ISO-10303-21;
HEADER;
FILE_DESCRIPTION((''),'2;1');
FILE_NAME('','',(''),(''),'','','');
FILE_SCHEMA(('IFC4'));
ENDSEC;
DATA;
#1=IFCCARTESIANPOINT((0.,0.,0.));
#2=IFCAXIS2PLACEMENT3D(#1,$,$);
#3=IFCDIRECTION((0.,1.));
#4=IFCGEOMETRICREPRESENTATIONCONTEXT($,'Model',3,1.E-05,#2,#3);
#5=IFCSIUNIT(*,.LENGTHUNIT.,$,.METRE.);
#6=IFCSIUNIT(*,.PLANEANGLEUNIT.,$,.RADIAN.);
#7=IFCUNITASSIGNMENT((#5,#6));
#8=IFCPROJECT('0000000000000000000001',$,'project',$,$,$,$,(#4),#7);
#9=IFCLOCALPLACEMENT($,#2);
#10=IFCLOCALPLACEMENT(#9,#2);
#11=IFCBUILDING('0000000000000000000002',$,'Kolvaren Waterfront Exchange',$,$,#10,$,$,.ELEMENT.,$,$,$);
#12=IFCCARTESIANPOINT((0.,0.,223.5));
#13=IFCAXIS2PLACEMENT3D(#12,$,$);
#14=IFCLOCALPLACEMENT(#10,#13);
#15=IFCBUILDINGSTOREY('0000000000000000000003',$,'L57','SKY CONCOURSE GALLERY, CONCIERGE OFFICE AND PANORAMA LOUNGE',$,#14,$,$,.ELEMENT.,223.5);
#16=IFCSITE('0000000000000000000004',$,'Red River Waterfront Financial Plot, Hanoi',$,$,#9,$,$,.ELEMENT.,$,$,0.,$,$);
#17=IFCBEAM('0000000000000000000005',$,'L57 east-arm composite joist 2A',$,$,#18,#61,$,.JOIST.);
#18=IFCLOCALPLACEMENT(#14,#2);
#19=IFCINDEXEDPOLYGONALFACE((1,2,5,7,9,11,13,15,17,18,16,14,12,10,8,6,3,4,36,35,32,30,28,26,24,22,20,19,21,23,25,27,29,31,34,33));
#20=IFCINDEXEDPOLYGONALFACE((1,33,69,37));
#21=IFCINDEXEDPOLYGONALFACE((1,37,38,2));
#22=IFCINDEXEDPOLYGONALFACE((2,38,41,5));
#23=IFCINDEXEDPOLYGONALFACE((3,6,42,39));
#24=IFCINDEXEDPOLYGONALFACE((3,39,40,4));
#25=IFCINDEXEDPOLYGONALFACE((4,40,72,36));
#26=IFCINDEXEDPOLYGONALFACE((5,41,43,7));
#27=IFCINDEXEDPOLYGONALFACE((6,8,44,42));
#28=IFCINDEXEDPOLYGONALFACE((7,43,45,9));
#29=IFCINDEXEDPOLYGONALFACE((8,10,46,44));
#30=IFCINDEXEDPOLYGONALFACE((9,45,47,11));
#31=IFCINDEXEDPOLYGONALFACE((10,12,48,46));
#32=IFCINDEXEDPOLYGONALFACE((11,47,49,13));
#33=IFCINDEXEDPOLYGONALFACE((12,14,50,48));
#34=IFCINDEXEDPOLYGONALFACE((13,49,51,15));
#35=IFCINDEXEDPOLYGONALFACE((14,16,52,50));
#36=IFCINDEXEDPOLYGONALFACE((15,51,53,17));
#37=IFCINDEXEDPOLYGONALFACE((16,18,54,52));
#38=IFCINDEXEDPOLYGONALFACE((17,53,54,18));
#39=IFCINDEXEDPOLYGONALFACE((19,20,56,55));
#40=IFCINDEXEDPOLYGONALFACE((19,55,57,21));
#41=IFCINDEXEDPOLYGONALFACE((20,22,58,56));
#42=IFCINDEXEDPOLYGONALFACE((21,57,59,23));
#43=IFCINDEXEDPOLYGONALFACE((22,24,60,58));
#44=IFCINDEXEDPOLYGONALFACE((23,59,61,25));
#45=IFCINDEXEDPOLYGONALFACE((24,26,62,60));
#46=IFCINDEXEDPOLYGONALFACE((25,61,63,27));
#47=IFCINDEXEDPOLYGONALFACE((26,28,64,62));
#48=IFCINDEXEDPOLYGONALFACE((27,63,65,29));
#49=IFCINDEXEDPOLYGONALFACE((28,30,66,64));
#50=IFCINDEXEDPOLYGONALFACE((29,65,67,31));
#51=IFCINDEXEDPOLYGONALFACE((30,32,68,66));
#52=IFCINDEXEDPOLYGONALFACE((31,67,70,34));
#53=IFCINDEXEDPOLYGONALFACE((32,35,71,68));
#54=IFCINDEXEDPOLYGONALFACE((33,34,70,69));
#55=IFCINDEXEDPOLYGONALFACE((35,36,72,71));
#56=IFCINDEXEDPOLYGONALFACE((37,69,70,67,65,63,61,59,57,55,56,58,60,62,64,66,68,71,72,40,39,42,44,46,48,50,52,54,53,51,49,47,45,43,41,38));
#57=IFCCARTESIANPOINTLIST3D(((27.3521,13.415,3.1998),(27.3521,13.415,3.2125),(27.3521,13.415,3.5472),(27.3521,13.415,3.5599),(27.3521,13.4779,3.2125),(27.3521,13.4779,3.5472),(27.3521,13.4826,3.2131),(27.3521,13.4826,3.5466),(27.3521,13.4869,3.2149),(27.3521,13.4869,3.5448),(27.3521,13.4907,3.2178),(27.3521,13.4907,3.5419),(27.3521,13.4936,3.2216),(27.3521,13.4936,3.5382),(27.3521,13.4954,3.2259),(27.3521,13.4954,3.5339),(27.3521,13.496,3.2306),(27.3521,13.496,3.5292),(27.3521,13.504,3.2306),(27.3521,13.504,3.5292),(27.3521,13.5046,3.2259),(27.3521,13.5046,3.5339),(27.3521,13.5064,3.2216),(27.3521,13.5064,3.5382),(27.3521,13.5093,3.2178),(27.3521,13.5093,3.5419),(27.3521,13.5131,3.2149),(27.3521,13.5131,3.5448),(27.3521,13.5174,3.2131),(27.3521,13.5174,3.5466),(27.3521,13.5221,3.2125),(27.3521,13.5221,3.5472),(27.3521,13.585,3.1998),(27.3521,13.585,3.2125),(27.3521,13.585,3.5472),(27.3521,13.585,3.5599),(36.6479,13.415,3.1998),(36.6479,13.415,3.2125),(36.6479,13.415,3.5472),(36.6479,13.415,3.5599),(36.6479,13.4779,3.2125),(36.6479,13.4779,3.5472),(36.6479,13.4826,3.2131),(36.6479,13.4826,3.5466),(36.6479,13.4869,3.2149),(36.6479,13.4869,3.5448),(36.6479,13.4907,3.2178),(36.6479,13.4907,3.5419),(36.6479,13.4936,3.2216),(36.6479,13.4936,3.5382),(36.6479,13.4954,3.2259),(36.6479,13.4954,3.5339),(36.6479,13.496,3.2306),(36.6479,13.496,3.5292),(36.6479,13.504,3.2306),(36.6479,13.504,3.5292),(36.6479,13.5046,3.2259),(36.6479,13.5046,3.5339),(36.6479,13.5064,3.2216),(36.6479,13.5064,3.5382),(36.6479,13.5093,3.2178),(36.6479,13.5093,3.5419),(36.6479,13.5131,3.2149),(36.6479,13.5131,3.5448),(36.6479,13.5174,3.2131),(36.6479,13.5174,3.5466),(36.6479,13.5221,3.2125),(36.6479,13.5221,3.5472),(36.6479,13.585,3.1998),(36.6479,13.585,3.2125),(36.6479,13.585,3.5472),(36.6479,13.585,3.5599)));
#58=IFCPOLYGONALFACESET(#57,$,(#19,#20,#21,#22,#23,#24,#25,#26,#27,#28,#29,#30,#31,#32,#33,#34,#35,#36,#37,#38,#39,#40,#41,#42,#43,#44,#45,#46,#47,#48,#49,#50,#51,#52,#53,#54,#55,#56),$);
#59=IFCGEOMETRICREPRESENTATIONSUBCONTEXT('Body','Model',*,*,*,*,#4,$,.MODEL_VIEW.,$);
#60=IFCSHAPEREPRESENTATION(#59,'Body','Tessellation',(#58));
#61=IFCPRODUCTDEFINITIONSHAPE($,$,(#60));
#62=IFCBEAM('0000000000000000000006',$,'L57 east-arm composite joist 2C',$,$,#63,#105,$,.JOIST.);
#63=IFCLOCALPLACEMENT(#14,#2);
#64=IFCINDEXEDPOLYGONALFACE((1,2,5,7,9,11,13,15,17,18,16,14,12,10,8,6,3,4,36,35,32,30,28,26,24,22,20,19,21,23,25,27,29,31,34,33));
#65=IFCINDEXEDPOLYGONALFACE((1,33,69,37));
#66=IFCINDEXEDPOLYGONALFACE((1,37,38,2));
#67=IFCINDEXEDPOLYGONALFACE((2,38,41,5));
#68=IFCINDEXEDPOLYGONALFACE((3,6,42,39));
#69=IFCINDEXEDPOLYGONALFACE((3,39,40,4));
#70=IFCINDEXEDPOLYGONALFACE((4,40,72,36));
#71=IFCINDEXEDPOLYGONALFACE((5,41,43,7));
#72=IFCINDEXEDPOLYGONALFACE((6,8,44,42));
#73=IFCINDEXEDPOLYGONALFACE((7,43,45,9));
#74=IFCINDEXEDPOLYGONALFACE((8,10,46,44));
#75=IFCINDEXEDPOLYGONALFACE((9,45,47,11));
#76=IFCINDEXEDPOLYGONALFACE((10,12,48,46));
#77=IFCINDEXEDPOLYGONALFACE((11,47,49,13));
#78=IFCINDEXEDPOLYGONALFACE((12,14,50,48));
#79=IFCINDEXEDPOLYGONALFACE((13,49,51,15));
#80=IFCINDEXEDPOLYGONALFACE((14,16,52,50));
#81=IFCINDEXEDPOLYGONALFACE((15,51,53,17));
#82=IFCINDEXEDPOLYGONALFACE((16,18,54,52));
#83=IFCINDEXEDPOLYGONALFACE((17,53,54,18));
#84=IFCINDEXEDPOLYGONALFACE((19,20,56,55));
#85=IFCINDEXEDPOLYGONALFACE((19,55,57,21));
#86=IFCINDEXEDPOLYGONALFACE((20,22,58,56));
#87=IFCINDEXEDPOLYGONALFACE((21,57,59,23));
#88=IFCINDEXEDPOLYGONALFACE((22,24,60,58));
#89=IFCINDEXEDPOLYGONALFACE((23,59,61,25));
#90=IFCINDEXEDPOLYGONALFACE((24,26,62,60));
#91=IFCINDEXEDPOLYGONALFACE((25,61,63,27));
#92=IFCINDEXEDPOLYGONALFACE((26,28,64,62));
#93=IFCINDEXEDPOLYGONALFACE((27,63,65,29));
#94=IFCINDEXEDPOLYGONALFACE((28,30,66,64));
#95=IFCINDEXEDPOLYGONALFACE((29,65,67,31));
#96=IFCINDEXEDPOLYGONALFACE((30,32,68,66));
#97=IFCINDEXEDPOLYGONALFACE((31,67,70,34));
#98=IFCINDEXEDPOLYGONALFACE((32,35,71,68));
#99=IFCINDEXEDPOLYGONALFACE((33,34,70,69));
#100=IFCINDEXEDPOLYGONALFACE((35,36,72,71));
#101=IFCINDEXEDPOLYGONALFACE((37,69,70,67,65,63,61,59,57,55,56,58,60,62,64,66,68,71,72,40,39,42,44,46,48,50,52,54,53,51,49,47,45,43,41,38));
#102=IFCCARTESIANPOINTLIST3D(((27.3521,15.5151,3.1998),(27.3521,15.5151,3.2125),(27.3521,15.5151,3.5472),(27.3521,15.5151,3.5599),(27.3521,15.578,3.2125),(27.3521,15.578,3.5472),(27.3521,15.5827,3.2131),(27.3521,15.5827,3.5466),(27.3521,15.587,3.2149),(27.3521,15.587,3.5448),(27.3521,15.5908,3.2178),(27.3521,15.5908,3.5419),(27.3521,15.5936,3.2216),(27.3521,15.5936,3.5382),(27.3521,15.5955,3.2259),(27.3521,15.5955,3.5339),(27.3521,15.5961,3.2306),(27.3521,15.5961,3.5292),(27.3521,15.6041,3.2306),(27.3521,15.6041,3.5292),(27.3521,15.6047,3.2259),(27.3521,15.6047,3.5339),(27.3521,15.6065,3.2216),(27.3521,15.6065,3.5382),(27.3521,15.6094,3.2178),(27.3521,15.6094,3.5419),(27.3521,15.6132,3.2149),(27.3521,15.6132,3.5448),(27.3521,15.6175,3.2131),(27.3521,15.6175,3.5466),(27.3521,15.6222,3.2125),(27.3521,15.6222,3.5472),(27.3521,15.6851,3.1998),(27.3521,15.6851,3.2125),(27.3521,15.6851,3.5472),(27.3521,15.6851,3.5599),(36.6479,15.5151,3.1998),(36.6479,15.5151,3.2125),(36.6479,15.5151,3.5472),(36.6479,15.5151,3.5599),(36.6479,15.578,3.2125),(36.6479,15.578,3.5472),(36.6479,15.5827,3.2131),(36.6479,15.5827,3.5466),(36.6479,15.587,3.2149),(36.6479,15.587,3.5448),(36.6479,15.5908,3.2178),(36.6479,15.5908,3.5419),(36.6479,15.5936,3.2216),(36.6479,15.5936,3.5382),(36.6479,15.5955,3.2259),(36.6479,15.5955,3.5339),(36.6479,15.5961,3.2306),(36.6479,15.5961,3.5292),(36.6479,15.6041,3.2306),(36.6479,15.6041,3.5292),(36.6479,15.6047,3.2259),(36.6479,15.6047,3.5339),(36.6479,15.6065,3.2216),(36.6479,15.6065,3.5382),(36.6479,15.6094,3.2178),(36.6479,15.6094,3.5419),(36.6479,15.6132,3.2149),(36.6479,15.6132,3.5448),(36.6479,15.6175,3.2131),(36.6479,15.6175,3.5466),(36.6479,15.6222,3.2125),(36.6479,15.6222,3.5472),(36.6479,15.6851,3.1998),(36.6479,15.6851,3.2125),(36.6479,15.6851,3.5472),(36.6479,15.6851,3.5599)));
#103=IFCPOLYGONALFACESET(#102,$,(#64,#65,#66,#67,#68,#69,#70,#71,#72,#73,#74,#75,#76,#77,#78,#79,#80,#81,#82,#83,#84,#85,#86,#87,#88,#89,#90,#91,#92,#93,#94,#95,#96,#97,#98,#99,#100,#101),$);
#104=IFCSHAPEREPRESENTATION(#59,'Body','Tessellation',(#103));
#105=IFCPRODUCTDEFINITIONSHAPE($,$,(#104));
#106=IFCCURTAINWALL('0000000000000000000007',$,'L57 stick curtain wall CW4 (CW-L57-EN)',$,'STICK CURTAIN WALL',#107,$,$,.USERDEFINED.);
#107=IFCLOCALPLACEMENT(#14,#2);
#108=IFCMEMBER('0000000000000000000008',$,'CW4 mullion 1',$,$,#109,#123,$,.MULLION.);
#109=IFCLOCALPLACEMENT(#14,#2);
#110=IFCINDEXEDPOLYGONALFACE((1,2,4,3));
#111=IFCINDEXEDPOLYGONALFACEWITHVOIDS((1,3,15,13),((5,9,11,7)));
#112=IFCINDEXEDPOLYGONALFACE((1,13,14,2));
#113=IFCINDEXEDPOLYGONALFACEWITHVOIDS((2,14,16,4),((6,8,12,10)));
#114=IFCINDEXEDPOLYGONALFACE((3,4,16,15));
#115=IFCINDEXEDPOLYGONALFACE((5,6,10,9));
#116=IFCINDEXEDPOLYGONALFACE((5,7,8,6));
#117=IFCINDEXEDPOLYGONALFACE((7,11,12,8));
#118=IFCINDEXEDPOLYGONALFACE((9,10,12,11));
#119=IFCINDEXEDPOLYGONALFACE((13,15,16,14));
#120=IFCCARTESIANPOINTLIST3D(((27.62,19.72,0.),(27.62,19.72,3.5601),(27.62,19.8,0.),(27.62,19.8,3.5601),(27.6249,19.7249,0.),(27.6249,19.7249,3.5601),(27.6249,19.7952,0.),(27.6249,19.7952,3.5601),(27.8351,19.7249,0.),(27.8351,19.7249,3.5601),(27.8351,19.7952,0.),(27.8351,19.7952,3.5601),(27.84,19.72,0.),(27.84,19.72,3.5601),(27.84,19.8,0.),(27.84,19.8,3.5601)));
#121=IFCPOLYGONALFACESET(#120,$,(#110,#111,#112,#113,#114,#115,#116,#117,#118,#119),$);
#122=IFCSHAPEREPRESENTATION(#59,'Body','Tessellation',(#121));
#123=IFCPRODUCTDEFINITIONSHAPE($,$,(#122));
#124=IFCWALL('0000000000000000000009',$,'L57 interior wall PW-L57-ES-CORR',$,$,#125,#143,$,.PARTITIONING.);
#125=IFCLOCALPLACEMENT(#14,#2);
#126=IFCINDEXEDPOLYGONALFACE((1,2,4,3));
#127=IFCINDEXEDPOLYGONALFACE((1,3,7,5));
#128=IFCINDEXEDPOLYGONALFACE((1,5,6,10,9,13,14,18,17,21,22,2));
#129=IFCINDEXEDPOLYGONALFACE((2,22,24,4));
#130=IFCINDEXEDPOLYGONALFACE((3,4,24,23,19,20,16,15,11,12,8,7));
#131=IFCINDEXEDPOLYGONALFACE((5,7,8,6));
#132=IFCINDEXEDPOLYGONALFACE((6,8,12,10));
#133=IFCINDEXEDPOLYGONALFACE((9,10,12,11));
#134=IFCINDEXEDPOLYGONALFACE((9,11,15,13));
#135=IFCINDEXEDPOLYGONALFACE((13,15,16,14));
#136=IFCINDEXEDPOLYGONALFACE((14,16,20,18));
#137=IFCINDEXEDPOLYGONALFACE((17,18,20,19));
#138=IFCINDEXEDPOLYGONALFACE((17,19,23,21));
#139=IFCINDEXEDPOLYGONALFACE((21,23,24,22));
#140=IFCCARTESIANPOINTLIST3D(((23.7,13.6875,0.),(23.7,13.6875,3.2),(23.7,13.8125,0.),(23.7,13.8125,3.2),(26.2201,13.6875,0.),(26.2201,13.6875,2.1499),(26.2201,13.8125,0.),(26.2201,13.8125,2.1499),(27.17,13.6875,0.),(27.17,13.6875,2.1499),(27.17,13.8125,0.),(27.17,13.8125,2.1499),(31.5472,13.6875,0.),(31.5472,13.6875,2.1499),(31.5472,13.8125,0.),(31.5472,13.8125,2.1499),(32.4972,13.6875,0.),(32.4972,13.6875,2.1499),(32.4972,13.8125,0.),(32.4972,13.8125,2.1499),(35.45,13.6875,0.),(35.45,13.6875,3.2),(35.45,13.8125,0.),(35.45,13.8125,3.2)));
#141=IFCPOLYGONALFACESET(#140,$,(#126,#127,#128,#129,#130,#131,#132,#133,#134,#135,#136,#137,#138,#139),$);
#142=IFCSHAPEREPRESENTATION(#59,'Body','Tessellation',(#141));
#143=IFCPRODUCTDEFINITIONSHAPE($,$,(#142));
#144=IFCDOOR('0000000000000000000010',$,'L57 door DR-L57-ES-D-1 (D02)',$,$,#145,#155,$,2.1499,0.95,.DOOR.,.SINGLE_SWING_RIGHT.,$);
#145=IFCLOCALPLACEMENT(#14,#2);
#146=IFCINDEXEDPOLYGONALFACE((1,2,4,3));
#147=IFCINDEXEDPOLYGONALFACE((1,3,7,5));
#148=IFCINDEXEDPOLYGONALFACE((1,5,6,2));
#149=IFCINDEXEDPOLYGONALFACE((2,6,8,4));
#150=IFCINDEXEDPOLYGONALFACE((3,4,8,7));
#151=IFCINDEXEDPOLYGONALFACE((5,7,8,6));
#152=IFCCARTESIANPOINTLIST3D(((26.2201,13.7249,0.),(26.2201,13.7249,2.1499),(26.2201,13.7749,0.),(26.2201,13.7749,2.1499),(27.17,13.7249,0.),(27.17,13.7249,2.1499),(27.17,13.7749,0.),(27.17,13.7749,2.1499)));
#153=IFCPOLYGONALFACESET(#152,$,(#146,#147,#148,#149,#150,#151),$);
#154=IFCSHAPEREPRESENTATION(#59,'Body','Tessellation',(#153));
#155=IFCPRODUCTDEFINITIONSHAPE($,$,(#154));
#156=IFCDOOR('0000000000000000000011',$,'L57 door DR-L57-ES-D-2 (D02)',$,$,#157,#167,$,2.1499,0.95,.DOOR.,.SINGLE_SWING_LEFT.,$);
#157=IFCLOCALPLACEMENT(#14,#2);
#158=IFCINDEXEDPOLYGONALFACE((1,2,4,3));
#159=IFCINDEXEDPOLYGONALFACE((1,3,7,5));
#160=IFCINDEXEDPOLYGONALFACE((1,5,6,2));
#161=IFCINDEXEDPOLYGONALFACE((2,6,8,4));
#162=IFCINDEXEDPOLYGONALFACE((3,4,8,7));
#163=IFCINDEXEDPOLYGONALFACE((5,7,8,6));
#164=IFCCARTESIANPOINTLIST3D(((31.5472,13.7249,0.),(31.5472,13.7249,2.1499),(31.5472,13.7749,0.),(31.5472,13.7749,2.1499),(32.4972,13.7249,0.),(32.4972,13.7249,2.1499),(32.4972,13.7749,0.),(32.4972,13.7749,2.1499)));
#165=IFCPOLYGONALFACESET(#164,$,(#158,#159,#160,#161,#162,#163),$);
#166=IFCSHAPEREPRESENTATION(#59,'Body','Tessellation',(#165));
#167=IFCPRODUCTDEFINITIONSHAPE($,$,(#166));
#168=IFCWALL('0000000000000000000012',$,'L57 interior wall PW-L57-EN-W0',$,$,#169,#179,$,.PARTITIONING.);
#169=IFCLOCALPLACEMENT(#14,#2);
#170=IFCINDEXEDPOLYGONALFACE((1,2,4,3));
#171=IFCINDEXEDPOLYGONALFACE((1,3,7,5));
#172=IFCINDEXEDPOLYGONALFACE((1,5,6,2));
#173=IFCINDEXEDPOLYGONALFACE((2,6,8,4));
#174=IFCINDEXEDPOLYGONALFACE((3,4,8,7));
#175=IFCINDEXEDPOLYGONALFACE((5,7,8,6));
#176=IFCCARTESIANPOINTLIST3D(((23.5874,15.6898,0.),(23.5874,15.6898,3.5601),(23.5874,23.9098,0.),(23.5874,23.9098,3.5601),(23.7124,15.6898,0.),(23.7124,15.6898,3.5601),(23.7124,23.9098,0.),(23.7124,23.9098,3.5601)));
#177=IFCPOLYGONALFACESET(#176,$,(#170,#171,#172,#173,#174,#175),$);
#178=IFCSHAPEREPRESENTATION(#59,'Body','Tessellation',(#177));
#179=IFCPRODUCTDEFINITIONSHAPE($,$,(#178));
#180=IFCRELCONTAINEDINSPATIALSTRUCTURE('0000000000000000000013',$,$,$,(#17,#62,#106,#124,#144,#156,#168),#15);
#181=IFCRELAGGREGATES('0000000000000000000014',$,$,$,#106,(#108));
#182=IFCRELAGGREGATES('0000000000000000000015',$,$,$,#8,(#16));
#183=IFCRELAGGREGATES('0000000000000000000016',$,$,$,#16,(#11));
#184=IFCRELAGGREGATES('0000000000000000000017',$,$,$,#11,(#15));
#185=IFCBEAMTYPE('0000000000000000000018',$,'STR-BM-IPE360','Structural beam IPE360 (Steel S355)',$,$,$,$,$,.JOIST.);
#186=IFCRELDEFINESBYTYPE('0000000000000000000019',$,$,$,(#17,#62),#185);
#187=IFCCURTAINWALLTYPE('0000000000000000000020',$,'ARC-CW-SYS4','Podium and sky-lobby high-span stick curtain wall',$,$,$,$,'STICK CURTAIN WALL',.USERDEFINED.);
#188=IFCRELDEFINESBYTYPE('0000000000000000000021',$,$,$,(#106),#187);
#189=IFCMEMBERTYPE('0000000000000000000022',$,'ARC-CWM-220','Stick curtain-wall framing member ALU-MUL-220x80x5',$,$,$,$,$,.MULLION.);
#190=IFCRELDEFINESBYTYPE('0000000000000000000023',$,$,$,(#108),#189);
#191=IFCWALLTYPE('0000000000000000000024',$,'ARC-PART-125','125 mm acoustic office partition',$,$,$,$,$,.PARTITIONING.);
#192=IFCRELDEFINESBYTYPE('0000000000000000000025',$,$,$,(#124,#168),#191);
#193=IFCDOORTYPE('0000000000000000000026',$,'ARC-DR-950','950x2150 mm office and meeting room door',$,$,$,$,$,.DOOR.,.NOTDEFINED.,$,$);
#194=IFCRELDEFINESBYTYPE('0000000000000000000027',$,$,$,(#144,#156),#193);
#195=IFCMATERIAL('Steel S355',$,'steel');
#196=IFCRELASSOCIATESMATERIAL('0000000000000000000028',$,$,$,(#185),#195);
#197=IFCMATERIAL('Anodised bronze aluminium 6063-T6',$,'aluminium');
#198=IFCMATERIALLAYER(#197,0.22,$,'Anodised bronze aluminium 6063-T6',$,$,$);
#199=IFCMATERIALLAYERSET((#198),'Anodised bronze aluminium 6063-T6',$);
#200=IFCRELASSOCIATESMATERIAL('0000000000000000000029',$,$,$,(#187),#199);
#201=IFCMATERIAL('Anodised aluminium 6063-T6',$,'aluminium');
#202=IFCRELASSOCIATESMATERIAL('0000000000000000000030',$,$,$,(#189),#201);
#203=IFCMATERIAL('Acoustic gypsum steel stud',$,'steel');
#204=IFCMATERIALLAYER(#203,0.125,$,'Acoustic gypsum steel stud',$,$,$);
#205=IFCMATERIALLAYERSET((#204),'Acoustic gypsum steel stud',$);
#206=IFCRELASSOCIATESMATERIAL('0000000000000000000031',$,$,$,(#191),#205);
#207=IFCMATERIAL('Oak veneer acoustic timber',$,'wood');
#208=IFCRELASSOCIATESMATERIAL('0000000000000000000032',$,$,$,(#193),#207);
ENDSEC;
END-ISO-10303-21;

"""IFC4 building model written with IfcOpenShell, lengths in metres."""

from ifc_helpers import new_model, si_unit, direction, frame, frame_2d, origin, origin_with_axes, origin_2d, place, context, subcontext, project, spatial, rectangle, hollow_rectangle, i_section, extrude, source, transform, mapped, material, layer, layer_set, material_profile, profile_set, type_object, element, fill, aggregate, save


model = new_model("IFC4")

# Units and contexts
model_context = context("Model", 3, precision=1e-05, world=origin(), true_north=direction((0.0, 1.0)))
body_context = subcontext(model_context, "Body", "Model", "MODEL_VIEW")
ifc_project = project(units=[si_unit("LENGTHUNIT", "METRE"), si_unit("PLANEANGLEUNIT", "RADIAN")], contexts=[model_context])

# Site, building, storey
site_placement = place(None, origin())
site = spatial("IfcSite", under=ifc_project, at=site_placement, Name="Red River Waterfront Financial Plot, Hanoi", CompositionType="ELEMENT", RefElevation=0.0)
building_placement = place(site_placement, origin())
building = spatial("IfcBuilding", under=site, at=building_placement, Name="Kolvaren Waterfront Exchange", CompositionType="ELEMENT")
storey_placement = place(building_placement, frame((0.0, 0.0, 223.5)))
storey = spatial("IfcBuildingStorey", under=building, at=storey_placement, Name="L57", Description="SKY CONCOURSE GALLERY, CONCIERGE OFFICE AND PANORAMA LOUNGE", CompositionType="ELEMENT", Elevation=223.5)

# Beams
ifc_material_1 = material(Name="Steel S355", Category="steel")
ifc_material_profile_1 = material_profile(ifc_material_1, i_section(OverallWidth=0.1699, OverallDepth=0.3601, WebThickness=0.0081, FlangeThickness=0.0127, FilletRadius=0.0181, at=origin_2d()), Name="IPE360")
ifc_profile_set_1 = profile_set([ifc_material_profile_1], Name="Steel S355")
beam_type_1 = type_object("IfcBeamType", Name="STR-BM-IPE360", Description="Structural beam IPE360 (Steel S355)", PredefinedType="JOIST", material=ifc_profile_set_1)
for number, where, z_axis, x_axis, name in (
    (1, (27.3521, 13.5, 3.3799), (1.0, 0.0, 0.0), (0.0, 1.0, 0.0), "L57 east-arm composite joist 2A"),
    (2, (27.3521, 15.6001, 3.3799), (1.0, 0.0, 0.0), (0.0, 1.0, 0.0), "L57 east-arm composite joist 2C"),
):
    element("IfcBeam", number, at=place(storey_placement, frame(where, z_axis=z_axis, x_axis=x_axis)), inside=storey, type_object=beam_type_1, Name=name, PredefinedType="JOIST", context=body_context, shape_type="SweptSolid", body=[
        extrude(i_section(OverallWidth=0.1699, OverallDepth=0.3601, WebThickness=0.0081, FlangeThickness=0.0127, FilletRadius=0.0181, at=origin_2d()), origin(), (0.0, 0.0, 1.0), 9.2959),
    ])

# Curtain wall, member
ifc_material_2 = material(Name="Anodised bronze aluminium 6063-T6", Category="aluminium")
ifc_layer_1 = layer(ifc_material_2, 0.22, Name="Anodised bronze aluminium 6063-T6")
ifc_layer_set_1 = layer_set([ifc_layer_1], Name="Anodised bronze aluminium 6063-T6")
curtain_wall_type = type_object("IfcCurtainWallType", Name="ARC-CW-SYS4", Description="Podium and sky-lobby high-span stick curtain wall", ElementType="STICK CURTAIN WALL", PredefinedType="USERDEFINED", material=ifc_layer_set_1)
curtain_wall_placement = place(storey_placement, origin())
curtain_wall = element("IfcCurtainWall", 3, at=curtain_wall_placement, inside=storey, type_object=curtain_wall_type, Name="L57 stick curtain wall CW4 (CW-L57-EN)", ObjectType="STICK CURTAIN WALL", PredefinedType="USERDEFINED")
ifc_material_3 = material(Name="Anodised aluminium 6063-T6", Category="aluminium")
ifc_material_profile_2 = material_profile(ifc_material_3, hollow_rectangle(XDim=0.0801, YDim=0.22, WallThickness=0.0049, at=origin_2d()), Name="ALU-MUL-220x80x5")
ifc_profile_set_2 = profile_set([ifc_material_profile_2], Name="Anodised aluminium 6063-T6")
member_type = type_object("IfcMemberType", Name="ARC-CWM-220", Description="Stick curtain-wall framing member ALU-MUL-220x80x5", PredefinedType="MULLION", material=ifc_profile_set_2)
shared_shape_1 = source(origin_with_axes(), body_context, "Body", "SweptSolid", [
    extrude(hollow_rectangle(XDim=0.0801, YDim=0.22, WallThickness=0.0049, at=origin_2d()), origin(), (0.0, 0.0, 1.0), 3.5601),
])
member_placement = place(storey_placement, frame((27.73, 19.76, 0.0), z_axis=(0.0, 0.0, 1.0), x_axis=(0.0, 1.0, 0.0)))
member = element("IfcMember", 4, at=member_placement, type_object=member_type, Name="CW4 mullion 1", PredefinedType="MULLION", context=body_context, shape_type="MappedRepresentation", body=[
    mapped(shared_shape_1, transform((0.0, 0.0, 0.0), x_axis=(1.0, 0.0, 0.0), y_axis=(0.0, 1.0, 0.0), z_axis=(0.0, 0.0, 1.0), scale=1.0)),
])
aggregate(curtain_wall, [member])

# Wall, openings, doors
ifc_material_4 = material(Name="Acoustic gypsum steel stud", Category="steel")
ifc_layer_2 = layer(ifc_material_4, 0.125, Name="Acoustic gypsum steel stud")
ifc_layer_set_2 = layer_set([ifc_layer_2], Name="Acoustic gypsum steel stud")
wall_type_1 = type_object("IfcWallType", Name="ARC-PART-125", Description="125 mm acoustic office partition", PredefinedType="PARTITIONING", material=ifc_layer_set_2)
wall_1_placement = place(storey_placement, frame((23.7, 13.75, 0.0), z_axis=(0.0, 0.0, 1.0), x_axis=(1.0, 0.0, 0.0)))
wall_1 = element("IfcWall", 5, at=wall_1_placement, inside=storey, type_object=wall_type_1, Name="L57 interior wall PW-L57-ES-CORR", PredefinedType="PARTITIONING", context=body_context, shape_type="SweptSolid", body=[
    extrude(rectangle(XDim=11.75, YDim=0.125, at=frame_2d((5.875, 0.0))), origin(), (0.0, 0.0, 1.0), 3.2),
])
opening_1_placement = place(wall_1_placement, frame((2.52, 0.0, 0.0)))
opening_1 = element("IfcOpeningElement", 6, at=opening_1_placement, cuts=wall_1, PredefinedType="OPENING", context=body_context, shape_type="SweptSolid", body=[
    extrude(rectangle(XDim=0.95, YDim=2.1499, at=frame_2d((0.4751, 1.075))), frame((0.0, 0.0725, 0.0), z_axis=(0.0, -1.0, 0.0), x_axis=(1.0, 0.0, 0.0)), (0.0, 0.0, 1.0), 0.145),
])
opening_2_placement = place(wall_1_placement, frame((7.8472, 0.0, 0.0)))
opening_2 = element("IfcOpeningElement", 7, at=opening_2_placement, cuts=wall_1, PredefinedType="OPENING", context=body_context, shape_type="SweptSolid", body=[
    extrude(rectangle(XDim=0.95, YDim=2.1499, at=frame_2d((0.4751, 1.075))), frame((0.0, 0.0725, 0.0), z_axis=(0.0, -1.0, 0.0), x_axis=(1.0, 0.0, 0.0)), (0.0, 0.0, 1.0), 0.145),
])
ifc_material_5 = material(Name="Oak veneer acoustic timber", Category="wood")
door_type = type_object("IfcDoorType", Name="ARC-DR-950", Description="950x2150 mm office and meeting room door", OperationType="NOTDEFINED", PredefinedType="DOOR", material=ifc_material_5)
door_1_placement = place(opening_1_placement, origin())
door_1 = element("IfcDoor", 8, at=door_1_placement, inside=storey, type_object=door_type, Name="L57 door DR-L57-ES-D-1 (D02)", OperationType="SINGLE_SWING_RIGHT", OverallHeight=2.1499, OverallWidth=0.95, PredefinedType="DOOR", context=body_context, shape_type="SweptSolid", body=[
    extrude(rectangle(XDim=0.95, YDim=2.1499, at=frame_2d((0.4751, 1.075))), frame((0.0, 0.0249, 0.0), z_axis=(0.0, -1.0, 0.0), x_axis=(1.0, 0.0, 0.0)), (0.0, 0.0, 1.0), 0.05),
])
fill(opening_1, door_1)
door_2_placement = place(opening_2_placement, origin())
door_2 = element("IfcDoor", 9, at=door_2_placement, inside=storey, type_object=door_type, Name="L57 door DR-L57-ES-D-2 (D02)", OperationType="SINGLE_SWING_LEFT", OverallHeight=2.1499, OverallWidth=0.95, PredefinedType="DOOR", context=body_context, shape_type="SweptSolid", body=[
    extrude(rectangle(XDim=0.95, YDim=2.1499, at=frame_2d((0.4751, 1.075))), frame((0.0, 0.0249, 0.0), z_axis=(0.0, -1.0, 0.0), x_axis=(1.0, 0.0, 0.0)), (0.0, 0.0, 1.0), 0.05),
])
fill(opening_2, door_2)

# Wall
wall_2_placement = place(storey_placement, frame((23.6499, 15.6899, 0.0), z_axis=(0.0, 0.0, 1.0), x_axis=(0.0, 1.0, 0.0)))
element("IfcWall", 10, at=wall_2_placement, inside=storey, type_object=wall_type_1, Name="L57 interior wall PW-L57-EN-W0", PredefinedType="PARTITIONING", context=body_context, shape_type="SweptSolid", body=[
    extrude(rectangle(XDim=8.22, YDim=0.125, at=frame_2d((4.1099, 0.0))), origin(), (0.0, 0.0, 1.0), 3.5601),
])

save(model, "model.ifc")
